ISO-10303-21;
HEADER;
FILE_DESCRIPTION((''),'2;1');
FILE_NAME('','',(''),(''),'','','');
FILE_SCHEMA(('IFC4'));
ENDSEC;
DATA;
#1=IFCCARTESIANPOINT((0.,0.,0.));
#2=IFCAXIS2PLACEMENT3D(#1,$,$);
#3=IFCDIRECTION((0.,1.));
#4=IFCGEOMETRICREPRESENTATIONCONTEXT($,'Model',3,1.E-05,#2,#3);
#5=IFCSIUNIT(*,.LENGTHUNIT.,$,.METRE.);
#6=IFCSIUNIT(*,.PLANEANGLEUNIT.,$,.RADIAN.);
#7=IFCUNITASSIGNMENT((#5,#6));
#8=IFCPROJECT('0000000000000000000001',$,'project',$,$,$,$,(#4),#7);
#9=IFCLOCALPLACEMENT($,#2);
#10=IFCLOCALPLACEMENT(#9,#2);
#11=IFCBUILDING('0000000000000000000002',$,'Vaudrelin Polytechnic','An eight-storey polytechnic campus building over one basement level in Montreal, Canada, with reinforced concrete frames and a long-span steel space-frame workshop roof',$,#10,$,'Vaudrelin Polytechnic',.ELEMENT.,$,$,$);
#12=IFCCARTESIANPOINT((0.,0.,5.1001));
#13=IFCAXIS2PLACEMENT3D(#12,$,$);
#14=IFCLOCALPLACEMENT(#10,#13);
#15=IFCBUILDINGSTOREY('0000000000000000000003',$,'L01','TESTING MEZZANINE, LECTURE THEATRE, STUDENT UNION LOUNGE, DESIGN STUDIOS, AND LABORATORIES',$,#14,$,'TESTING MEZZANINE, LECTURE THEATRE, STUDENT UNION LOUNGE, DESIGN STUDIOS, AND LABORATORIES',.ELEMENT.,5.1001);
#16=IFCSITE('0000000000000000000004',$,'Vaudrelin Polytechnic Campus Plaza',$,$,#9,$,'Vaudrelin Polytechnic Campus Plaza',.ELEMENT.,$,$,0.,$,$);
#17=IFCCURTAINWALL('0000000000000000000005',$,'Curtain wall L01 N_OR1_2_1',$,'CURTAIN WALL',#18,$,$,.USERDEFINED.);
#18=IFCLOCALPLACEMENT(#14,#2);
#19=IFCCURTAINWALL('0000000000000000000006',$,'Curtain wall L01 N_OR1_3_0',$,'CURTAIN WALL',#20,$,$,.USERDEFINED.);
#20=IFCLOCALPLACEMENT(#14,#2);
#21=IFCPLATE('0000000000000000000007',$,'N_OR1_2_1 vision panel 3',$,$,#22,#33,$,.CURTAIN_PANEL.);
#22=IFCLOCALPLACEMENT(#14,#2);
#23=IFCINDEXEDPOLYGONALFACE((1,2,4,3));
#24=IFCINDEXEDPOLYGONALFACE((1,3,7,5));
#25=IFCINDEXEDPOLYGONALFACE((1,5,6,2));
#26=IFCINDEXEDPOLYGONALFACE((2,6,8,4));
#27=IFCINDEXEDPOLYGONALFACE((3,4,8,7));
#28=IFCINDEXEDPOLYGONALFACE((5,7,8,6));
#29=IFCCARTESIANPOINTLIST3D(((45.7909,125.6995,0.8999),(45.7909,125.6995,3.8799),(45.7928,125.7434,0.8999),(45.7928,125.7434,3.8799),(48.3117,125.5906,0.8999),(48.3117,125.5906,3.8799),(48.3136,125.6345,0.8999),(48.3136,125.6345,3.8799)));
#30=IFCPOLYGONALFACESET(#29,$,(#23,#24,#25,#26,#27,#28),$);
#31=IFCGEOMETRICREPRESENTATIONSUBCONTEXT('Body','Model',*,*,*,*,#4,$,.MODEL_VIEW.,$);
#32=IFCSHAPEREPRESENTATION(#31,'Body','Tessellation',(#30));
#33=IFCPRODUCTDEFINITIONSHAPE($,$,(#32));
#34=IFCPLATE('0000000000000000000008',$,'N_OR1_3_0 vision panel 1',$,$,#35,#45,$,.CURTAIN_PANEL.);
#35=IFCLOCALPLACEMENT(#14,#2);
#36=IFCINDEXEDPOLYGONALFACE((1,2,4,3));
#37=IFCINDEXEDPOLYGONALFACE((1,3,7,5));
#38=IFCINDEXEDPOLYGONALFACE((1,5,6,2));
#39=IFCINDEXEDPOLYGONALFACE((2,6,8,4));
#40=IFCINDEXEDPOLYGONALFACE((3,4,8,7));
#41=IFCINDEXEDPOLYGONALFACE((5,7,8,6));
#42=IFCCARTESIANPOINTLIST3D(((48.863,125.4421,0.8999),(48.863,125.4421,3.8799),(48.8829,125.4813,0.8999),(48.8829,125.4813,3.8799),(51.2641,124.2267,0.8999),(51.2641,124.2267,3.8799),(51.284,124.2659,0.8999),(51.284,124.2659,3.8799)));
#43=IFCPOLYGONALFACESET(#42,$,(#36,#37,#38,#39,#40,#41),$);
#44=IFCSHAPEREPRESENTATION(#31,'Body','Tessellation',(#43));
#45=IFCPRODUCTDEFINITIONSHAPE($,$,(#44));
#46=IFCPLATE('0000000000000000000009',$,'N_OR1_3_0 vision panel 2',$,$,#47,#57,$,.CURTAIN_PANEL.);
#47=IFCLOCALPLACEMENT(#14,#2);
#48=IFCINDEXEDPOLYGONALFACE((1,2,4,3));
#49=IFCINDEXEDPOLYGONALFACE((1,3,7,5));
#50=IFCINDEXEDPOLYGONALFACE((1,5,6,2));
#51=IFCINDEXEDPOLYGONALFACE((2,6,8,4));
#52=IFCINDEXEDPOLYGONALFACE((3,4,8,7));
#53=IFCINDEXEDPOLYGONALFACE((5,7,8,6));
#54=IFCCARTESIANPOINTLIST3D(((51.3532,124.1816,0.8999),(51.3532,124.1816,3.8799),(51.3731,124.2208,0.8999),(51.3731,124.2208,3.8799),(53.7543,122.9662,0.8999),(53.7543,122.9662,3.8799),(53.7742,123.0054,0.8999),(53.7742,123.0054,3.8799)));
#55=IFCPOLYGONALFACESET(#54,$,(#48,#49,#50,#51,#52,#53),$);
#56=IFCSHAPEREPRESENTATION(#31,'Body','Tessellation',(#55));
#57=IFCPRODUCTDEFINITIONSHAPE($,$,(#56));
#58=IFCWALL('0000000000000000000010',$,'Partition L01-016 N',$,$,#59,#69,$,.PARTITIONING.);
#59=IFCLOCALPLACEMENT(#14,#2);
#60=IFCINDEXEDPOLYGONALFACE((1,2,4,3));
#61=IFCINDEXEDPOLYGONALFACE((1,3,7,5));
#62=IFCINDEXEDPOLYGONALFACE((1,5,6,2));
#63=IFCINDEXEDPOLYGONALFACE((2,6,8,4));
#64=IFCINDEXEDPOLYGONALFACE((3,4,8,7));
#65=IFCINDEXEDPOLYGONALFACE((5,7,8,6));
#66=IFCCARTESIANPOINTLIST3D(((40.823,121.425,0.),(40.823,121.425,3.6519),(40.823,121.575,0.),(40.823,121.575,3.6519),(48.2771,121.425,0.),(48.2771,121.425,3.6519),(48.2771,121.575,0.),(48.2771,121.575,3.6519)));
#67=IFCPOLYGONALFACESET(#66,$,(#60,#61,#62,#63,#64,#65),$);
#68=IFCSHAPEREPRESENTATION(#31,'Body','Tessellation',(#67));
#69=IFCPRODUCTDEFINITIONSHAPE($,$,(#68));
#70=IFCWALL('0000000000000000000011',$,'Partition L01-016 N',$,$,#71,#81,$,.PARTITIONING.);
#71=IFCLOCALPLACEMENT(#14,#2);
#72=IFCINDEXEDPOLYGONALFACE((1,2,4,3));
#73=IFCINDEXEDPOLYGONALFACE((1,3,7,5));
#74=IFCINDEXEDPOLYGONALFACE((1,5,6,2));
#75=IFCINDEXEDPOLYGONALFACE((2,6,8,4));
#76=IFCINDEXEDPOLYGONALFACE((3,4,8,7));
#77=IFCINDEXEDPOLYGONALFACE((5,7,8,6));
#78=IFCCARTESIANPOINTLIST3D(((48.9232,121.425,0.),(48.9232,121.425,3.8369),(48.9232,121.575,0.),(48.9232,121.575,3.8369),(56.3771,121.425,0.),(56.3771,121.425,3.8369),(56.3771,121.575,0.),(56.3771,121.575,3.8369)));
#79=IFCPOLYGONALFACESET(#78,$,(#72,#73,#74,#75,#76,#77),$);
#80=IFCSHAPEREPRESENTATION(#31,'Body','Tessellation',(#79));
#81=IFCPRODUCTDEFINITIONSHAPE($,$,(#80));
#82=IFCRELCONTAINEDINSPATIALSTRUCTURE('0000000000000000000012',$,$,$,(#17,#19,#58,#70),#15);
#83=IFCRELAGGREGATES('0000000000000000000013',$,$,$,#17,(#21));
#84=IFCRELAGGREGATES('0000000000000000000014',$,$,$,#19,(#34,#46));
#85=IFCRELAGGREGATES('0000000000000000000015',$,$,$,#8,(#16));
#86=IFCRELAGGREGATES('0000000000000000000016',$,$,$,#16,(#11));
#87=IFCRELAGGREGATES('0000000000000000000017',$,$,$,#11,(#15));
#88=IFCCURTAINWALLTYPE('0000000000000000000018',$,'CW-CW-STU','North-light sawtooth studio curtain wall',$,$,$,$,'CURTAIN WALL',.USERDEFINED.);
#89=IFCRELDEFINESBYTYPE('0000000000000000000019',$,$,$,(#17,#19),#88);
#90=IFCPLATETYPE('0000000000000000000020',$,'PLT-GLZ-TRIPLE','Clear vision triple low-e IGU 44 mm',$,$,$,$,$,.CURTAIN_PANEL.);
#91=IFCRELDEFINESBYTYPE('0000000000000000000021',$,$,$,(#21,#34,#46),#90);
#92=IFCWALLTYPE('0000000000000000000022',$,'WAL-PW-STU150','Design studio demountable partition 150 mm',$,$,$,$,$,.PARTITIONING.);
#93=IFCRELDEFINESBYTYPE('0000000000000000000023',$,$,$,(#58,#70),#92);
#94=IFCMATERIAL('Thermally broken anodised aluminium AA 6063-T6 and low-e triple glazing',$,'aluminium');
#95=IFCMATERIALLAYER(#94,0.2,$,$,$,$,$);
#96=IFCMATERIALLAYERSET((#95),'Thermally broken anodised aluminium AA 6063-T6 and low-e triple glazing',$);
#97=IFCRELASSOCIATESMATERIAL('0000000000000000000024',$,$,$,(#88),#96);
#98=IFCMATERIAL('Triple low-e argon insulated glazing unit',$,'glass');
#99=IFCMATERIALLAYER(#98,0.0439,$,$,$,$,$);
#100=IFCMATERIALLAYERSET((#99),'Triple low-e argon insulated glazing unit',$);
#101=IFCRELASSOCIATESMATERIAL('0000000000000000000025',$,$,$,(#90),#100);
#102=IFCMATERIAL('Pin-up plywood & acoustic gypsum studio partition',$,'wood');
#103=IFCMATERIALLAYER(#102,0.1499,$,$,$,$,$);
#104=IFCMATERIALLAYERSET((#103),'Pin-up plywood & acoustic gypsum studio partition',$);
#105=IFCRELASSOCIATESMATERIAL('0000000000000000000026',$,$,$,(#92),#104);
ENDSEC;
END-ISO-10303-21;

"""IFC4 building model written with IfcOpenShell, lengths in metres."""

from ifc_helpers import new_model, si_unit, direction, frame, frame_2d, origin, origin_2d, place, context, subcontext, project, spatial, rectangle, extrude, material, layer, layer_set, type_object, element, aggregate, save


model = new_model("IFC4")

# Units and contexts
model_context = context("Model", 3, precision=1e-05, world=origin(), true_north=direction((0.0, 1.0)))
body_context = subcontext(model_context, "Body", "Model", "MODEL_VIEW")
ifc_project = project(units=[si_unit("LENGTHUNIT", "METRE"), si_unit("PLANEANGLEUNIT", "RADIAN")], contexts=[model_context])

# Site, building, storey
site_placement = place(None, origin())
site = spatial("IfcSite", under=ifc_project, at=site_placement, Name="Vaudrelin Polytechnic Campus Plaza", LongName="Vaudrelin Polytechnic Campus Plaza", CompositionType="ELEMENT", RefElevation=0.0)
building_placement = place(site_placement, origin())
building = spatial("IfcBuilding", under=site, at=building_placement, Name="Vaudrelin Polytechnic", Description="An eight-storey polytechnic campus building over one basement level in Montreal, Canada, with reinforced concrete frames and a long-span steel space-frame workshop roof", LongName="Vaudrelin Polytechnic", CompositionType="ELEMENT")
storey_placement = place(building_placement, frame((0.0, 0.0, 5.1001)))
storey = spatial("IfcBuildingStorey", under=building, at=storey_placement, Name="L01", Description="TESTING MEZZANINE, LECTURE THEATRE, STUDENT UNION LOUNGE, DESIGN STUDIOS, AND LABORATORIES", LongName="TESTING MEZZANINE, LECTURE THEATRE, STUDENT UNION LOUNGE, DESIGN STUDIOS, AND LABORATORIES", CompositionType="ELEMENT", Elevation=5.1001)

# Curtain walls
ifc_material_1 = material(Name="Thermally broken anodised aluminium AA 6063-T6 and low-e triple glazing", Category="aluminium")
ifc_layer_1 = layer(ifc_material_1, 0.2)
ifc_layer_set_1 = layer_set([ifc_layer_1], Name="Thermally broken anodised aluminium AA 6063-T6 and low-e triple glazing")
curtain_wall_type = type_object("IfcCurtainWallType", Name="CW-CW-STU", Description="North-light sawtooth studio curtain wall", ElementType="CURTAIN WALL", PredefinedType="USERDEFINED", material=ifc_layer_set_1)
curtain_wall_1_placement = place(storey_placement, origin())
curtain_wall_1 = element("IfcCurtainWall", 1, at=curtain_wall_1_placement, inside=storey, type_object=curtain_wall_type, Name="Curtain wall L01 N_OR1_2_1", ObjectType="CURTAIN WALL", PredefinedType="USERDEFINED")
curtain_wall_2_placement = place(storey_placement, origin())
curtain_wall_2 = element("IfcCurtainWall", 2, at=curtain_wall_2_placement, inside=storey, type_object=curtain_wall_type, Name="Curtain wall L01 N_OR1_3_0", ObjectType="CURTAIN WALL", PredefinedType="USERDEFINED")

# Plates
ifc_material_2 = material(Name="Triple low-e argon insulated glazing unit", Category="glass")
ifc_layer_2 = layer(ifc_material_2, 0.0439)
ifc_layer_set_2 = layer_set([ifc_layer_2], Name="Triple low-e argon insulated glazing unit")
plate_type_1 = type_object("IfcPlateType", Name="PLT-GLZ-TRIPLE", Description="Clear vision triple low-e IGU 44 mm", PredefinedType="CURTAIN_PANEL", material=ifc_layer_set_2)
plate_1_placement = place(storey_placement, frame((47.0522, 125.667, 0.8999), z_axis=(0.0, 0.0, 1.0), x_axis=(0.999068, -0.043164, 0.0)))
plate_1 = element("IfcPlate", 3, at=plate_1_placement, type_object=plate_type_1, Name="N_OR1_2_1 vision panel 3", PredefinedType="CURTAIN_PANEL", context=body_context, shape_type="SweptSolid", body=[
    extrude(rectangle(XDim=2.5232, YDim=0.0439, at=origin_2d()), origin(), (0.0, 0.0, 1.0), 2.98),
])
aggregate(curtain_wall_1, [plate_1])
plate_2_placement = place(storey_placement, frame((50.0735, 124.854, 0.8999), z_axis=(0.0, 0.0, 1.0), x_axis=(0.892217, -0.451608, 0.0)))
plate_2 = element("IfcPlate", 4, at=plate_2_placement, type_object=plate_type_1, Name="N_OR1_3_0 vision panel 1", PredefinedType="CURTAIN_PANEL", context=body_context, shape_type="SweptSolid", body=[
    extrude(rectangle(XDim=2.6912, YDim=0.0439, at=origin_2d()), origin(), (0.0, 0.0, 1.0), 2.98),
])
plate_3_placement = place(storey_placement, frame((52.5637, 123.5935, 0.8999), z_axis=(0.0, 0.0, 1.0), x_axis=(0.892217, -0.451608, 0.0)))
plate_3 = element("IfcPlate", 5, at=plate_3_placement, type_object=plate_type_1, Name="N_OR1_3_0 vision panel 2", PredefinedType="CURTAIN_PANEL", context=body_context, shape_type="SweptSolid", body=[
    extrude(rectangle(XDim=2.6912, YDim=0.0439, at=origin_2d()), origin(), (0.0, 0.0, 1.0), 2.98),
])
aggregate(curtain_wall_2, [plate_2, plate_3])

# Walls
ifc_material_3 = material(Name="Pin-up plywood & acoustic gypsum studio partition", Category="wood")
ifc_layer_3 = layer(ifc_material_3, 0.1499)
ifc_layer_set_3 = layer_set([ifc_layer_3], Name="Pin-up plywood & acoustic gypsum studio partition")
wall_type = type_object("IfcWallType", Name="WAL-PW-STU150", Description="Design studio demountable partition 150 mm", PredefinedType="PARTITIONING", material=ifc_layer_set_3)
wall_1_placement = place(storey_placement, frame((40.823, 121.5, 0.0), z_axis=(0.0, 0.0, 1.0), x_axis=(1.0, 0.0, 0.0)))
element("IfcWall", 6, at=wall_1_placement, inside=storey, type_object=wall_type, Name="Partition L01-016 N", PredefinedType="PARTITIONING", context=body_context, shape_type="SweptSolid", body=[
    extrude(rectangle(XDim=7.4541, YDim=0.1499, at=frame_2d((3.7271, 0.0))), origin(), (0.0, 0.0, 1.0), 3.6519),
])
wall_2_placement = place(storey_placement, frame((48.9231, 121.5, 0.0), z_axis=(0.0, 0.0, 1.0), x_axis=(1.0, 0.0, 0.0)))
element("IfcWall", 7, at=wall_2_placement, inside=storey, type_object=wall_type, Name="Partition L01-016 N", PredefinedType="PARTITIONING", context=body_context, shape_type="SweptSolid", body=[
    extrude(rectangle(XDim=7.4539, YDim=0.1499, at=frame_2d((3.7271, 0.0))), origin(), (0.0, 0.0, 1.0), 3.8369),
])

save(model, "model.ifc")
